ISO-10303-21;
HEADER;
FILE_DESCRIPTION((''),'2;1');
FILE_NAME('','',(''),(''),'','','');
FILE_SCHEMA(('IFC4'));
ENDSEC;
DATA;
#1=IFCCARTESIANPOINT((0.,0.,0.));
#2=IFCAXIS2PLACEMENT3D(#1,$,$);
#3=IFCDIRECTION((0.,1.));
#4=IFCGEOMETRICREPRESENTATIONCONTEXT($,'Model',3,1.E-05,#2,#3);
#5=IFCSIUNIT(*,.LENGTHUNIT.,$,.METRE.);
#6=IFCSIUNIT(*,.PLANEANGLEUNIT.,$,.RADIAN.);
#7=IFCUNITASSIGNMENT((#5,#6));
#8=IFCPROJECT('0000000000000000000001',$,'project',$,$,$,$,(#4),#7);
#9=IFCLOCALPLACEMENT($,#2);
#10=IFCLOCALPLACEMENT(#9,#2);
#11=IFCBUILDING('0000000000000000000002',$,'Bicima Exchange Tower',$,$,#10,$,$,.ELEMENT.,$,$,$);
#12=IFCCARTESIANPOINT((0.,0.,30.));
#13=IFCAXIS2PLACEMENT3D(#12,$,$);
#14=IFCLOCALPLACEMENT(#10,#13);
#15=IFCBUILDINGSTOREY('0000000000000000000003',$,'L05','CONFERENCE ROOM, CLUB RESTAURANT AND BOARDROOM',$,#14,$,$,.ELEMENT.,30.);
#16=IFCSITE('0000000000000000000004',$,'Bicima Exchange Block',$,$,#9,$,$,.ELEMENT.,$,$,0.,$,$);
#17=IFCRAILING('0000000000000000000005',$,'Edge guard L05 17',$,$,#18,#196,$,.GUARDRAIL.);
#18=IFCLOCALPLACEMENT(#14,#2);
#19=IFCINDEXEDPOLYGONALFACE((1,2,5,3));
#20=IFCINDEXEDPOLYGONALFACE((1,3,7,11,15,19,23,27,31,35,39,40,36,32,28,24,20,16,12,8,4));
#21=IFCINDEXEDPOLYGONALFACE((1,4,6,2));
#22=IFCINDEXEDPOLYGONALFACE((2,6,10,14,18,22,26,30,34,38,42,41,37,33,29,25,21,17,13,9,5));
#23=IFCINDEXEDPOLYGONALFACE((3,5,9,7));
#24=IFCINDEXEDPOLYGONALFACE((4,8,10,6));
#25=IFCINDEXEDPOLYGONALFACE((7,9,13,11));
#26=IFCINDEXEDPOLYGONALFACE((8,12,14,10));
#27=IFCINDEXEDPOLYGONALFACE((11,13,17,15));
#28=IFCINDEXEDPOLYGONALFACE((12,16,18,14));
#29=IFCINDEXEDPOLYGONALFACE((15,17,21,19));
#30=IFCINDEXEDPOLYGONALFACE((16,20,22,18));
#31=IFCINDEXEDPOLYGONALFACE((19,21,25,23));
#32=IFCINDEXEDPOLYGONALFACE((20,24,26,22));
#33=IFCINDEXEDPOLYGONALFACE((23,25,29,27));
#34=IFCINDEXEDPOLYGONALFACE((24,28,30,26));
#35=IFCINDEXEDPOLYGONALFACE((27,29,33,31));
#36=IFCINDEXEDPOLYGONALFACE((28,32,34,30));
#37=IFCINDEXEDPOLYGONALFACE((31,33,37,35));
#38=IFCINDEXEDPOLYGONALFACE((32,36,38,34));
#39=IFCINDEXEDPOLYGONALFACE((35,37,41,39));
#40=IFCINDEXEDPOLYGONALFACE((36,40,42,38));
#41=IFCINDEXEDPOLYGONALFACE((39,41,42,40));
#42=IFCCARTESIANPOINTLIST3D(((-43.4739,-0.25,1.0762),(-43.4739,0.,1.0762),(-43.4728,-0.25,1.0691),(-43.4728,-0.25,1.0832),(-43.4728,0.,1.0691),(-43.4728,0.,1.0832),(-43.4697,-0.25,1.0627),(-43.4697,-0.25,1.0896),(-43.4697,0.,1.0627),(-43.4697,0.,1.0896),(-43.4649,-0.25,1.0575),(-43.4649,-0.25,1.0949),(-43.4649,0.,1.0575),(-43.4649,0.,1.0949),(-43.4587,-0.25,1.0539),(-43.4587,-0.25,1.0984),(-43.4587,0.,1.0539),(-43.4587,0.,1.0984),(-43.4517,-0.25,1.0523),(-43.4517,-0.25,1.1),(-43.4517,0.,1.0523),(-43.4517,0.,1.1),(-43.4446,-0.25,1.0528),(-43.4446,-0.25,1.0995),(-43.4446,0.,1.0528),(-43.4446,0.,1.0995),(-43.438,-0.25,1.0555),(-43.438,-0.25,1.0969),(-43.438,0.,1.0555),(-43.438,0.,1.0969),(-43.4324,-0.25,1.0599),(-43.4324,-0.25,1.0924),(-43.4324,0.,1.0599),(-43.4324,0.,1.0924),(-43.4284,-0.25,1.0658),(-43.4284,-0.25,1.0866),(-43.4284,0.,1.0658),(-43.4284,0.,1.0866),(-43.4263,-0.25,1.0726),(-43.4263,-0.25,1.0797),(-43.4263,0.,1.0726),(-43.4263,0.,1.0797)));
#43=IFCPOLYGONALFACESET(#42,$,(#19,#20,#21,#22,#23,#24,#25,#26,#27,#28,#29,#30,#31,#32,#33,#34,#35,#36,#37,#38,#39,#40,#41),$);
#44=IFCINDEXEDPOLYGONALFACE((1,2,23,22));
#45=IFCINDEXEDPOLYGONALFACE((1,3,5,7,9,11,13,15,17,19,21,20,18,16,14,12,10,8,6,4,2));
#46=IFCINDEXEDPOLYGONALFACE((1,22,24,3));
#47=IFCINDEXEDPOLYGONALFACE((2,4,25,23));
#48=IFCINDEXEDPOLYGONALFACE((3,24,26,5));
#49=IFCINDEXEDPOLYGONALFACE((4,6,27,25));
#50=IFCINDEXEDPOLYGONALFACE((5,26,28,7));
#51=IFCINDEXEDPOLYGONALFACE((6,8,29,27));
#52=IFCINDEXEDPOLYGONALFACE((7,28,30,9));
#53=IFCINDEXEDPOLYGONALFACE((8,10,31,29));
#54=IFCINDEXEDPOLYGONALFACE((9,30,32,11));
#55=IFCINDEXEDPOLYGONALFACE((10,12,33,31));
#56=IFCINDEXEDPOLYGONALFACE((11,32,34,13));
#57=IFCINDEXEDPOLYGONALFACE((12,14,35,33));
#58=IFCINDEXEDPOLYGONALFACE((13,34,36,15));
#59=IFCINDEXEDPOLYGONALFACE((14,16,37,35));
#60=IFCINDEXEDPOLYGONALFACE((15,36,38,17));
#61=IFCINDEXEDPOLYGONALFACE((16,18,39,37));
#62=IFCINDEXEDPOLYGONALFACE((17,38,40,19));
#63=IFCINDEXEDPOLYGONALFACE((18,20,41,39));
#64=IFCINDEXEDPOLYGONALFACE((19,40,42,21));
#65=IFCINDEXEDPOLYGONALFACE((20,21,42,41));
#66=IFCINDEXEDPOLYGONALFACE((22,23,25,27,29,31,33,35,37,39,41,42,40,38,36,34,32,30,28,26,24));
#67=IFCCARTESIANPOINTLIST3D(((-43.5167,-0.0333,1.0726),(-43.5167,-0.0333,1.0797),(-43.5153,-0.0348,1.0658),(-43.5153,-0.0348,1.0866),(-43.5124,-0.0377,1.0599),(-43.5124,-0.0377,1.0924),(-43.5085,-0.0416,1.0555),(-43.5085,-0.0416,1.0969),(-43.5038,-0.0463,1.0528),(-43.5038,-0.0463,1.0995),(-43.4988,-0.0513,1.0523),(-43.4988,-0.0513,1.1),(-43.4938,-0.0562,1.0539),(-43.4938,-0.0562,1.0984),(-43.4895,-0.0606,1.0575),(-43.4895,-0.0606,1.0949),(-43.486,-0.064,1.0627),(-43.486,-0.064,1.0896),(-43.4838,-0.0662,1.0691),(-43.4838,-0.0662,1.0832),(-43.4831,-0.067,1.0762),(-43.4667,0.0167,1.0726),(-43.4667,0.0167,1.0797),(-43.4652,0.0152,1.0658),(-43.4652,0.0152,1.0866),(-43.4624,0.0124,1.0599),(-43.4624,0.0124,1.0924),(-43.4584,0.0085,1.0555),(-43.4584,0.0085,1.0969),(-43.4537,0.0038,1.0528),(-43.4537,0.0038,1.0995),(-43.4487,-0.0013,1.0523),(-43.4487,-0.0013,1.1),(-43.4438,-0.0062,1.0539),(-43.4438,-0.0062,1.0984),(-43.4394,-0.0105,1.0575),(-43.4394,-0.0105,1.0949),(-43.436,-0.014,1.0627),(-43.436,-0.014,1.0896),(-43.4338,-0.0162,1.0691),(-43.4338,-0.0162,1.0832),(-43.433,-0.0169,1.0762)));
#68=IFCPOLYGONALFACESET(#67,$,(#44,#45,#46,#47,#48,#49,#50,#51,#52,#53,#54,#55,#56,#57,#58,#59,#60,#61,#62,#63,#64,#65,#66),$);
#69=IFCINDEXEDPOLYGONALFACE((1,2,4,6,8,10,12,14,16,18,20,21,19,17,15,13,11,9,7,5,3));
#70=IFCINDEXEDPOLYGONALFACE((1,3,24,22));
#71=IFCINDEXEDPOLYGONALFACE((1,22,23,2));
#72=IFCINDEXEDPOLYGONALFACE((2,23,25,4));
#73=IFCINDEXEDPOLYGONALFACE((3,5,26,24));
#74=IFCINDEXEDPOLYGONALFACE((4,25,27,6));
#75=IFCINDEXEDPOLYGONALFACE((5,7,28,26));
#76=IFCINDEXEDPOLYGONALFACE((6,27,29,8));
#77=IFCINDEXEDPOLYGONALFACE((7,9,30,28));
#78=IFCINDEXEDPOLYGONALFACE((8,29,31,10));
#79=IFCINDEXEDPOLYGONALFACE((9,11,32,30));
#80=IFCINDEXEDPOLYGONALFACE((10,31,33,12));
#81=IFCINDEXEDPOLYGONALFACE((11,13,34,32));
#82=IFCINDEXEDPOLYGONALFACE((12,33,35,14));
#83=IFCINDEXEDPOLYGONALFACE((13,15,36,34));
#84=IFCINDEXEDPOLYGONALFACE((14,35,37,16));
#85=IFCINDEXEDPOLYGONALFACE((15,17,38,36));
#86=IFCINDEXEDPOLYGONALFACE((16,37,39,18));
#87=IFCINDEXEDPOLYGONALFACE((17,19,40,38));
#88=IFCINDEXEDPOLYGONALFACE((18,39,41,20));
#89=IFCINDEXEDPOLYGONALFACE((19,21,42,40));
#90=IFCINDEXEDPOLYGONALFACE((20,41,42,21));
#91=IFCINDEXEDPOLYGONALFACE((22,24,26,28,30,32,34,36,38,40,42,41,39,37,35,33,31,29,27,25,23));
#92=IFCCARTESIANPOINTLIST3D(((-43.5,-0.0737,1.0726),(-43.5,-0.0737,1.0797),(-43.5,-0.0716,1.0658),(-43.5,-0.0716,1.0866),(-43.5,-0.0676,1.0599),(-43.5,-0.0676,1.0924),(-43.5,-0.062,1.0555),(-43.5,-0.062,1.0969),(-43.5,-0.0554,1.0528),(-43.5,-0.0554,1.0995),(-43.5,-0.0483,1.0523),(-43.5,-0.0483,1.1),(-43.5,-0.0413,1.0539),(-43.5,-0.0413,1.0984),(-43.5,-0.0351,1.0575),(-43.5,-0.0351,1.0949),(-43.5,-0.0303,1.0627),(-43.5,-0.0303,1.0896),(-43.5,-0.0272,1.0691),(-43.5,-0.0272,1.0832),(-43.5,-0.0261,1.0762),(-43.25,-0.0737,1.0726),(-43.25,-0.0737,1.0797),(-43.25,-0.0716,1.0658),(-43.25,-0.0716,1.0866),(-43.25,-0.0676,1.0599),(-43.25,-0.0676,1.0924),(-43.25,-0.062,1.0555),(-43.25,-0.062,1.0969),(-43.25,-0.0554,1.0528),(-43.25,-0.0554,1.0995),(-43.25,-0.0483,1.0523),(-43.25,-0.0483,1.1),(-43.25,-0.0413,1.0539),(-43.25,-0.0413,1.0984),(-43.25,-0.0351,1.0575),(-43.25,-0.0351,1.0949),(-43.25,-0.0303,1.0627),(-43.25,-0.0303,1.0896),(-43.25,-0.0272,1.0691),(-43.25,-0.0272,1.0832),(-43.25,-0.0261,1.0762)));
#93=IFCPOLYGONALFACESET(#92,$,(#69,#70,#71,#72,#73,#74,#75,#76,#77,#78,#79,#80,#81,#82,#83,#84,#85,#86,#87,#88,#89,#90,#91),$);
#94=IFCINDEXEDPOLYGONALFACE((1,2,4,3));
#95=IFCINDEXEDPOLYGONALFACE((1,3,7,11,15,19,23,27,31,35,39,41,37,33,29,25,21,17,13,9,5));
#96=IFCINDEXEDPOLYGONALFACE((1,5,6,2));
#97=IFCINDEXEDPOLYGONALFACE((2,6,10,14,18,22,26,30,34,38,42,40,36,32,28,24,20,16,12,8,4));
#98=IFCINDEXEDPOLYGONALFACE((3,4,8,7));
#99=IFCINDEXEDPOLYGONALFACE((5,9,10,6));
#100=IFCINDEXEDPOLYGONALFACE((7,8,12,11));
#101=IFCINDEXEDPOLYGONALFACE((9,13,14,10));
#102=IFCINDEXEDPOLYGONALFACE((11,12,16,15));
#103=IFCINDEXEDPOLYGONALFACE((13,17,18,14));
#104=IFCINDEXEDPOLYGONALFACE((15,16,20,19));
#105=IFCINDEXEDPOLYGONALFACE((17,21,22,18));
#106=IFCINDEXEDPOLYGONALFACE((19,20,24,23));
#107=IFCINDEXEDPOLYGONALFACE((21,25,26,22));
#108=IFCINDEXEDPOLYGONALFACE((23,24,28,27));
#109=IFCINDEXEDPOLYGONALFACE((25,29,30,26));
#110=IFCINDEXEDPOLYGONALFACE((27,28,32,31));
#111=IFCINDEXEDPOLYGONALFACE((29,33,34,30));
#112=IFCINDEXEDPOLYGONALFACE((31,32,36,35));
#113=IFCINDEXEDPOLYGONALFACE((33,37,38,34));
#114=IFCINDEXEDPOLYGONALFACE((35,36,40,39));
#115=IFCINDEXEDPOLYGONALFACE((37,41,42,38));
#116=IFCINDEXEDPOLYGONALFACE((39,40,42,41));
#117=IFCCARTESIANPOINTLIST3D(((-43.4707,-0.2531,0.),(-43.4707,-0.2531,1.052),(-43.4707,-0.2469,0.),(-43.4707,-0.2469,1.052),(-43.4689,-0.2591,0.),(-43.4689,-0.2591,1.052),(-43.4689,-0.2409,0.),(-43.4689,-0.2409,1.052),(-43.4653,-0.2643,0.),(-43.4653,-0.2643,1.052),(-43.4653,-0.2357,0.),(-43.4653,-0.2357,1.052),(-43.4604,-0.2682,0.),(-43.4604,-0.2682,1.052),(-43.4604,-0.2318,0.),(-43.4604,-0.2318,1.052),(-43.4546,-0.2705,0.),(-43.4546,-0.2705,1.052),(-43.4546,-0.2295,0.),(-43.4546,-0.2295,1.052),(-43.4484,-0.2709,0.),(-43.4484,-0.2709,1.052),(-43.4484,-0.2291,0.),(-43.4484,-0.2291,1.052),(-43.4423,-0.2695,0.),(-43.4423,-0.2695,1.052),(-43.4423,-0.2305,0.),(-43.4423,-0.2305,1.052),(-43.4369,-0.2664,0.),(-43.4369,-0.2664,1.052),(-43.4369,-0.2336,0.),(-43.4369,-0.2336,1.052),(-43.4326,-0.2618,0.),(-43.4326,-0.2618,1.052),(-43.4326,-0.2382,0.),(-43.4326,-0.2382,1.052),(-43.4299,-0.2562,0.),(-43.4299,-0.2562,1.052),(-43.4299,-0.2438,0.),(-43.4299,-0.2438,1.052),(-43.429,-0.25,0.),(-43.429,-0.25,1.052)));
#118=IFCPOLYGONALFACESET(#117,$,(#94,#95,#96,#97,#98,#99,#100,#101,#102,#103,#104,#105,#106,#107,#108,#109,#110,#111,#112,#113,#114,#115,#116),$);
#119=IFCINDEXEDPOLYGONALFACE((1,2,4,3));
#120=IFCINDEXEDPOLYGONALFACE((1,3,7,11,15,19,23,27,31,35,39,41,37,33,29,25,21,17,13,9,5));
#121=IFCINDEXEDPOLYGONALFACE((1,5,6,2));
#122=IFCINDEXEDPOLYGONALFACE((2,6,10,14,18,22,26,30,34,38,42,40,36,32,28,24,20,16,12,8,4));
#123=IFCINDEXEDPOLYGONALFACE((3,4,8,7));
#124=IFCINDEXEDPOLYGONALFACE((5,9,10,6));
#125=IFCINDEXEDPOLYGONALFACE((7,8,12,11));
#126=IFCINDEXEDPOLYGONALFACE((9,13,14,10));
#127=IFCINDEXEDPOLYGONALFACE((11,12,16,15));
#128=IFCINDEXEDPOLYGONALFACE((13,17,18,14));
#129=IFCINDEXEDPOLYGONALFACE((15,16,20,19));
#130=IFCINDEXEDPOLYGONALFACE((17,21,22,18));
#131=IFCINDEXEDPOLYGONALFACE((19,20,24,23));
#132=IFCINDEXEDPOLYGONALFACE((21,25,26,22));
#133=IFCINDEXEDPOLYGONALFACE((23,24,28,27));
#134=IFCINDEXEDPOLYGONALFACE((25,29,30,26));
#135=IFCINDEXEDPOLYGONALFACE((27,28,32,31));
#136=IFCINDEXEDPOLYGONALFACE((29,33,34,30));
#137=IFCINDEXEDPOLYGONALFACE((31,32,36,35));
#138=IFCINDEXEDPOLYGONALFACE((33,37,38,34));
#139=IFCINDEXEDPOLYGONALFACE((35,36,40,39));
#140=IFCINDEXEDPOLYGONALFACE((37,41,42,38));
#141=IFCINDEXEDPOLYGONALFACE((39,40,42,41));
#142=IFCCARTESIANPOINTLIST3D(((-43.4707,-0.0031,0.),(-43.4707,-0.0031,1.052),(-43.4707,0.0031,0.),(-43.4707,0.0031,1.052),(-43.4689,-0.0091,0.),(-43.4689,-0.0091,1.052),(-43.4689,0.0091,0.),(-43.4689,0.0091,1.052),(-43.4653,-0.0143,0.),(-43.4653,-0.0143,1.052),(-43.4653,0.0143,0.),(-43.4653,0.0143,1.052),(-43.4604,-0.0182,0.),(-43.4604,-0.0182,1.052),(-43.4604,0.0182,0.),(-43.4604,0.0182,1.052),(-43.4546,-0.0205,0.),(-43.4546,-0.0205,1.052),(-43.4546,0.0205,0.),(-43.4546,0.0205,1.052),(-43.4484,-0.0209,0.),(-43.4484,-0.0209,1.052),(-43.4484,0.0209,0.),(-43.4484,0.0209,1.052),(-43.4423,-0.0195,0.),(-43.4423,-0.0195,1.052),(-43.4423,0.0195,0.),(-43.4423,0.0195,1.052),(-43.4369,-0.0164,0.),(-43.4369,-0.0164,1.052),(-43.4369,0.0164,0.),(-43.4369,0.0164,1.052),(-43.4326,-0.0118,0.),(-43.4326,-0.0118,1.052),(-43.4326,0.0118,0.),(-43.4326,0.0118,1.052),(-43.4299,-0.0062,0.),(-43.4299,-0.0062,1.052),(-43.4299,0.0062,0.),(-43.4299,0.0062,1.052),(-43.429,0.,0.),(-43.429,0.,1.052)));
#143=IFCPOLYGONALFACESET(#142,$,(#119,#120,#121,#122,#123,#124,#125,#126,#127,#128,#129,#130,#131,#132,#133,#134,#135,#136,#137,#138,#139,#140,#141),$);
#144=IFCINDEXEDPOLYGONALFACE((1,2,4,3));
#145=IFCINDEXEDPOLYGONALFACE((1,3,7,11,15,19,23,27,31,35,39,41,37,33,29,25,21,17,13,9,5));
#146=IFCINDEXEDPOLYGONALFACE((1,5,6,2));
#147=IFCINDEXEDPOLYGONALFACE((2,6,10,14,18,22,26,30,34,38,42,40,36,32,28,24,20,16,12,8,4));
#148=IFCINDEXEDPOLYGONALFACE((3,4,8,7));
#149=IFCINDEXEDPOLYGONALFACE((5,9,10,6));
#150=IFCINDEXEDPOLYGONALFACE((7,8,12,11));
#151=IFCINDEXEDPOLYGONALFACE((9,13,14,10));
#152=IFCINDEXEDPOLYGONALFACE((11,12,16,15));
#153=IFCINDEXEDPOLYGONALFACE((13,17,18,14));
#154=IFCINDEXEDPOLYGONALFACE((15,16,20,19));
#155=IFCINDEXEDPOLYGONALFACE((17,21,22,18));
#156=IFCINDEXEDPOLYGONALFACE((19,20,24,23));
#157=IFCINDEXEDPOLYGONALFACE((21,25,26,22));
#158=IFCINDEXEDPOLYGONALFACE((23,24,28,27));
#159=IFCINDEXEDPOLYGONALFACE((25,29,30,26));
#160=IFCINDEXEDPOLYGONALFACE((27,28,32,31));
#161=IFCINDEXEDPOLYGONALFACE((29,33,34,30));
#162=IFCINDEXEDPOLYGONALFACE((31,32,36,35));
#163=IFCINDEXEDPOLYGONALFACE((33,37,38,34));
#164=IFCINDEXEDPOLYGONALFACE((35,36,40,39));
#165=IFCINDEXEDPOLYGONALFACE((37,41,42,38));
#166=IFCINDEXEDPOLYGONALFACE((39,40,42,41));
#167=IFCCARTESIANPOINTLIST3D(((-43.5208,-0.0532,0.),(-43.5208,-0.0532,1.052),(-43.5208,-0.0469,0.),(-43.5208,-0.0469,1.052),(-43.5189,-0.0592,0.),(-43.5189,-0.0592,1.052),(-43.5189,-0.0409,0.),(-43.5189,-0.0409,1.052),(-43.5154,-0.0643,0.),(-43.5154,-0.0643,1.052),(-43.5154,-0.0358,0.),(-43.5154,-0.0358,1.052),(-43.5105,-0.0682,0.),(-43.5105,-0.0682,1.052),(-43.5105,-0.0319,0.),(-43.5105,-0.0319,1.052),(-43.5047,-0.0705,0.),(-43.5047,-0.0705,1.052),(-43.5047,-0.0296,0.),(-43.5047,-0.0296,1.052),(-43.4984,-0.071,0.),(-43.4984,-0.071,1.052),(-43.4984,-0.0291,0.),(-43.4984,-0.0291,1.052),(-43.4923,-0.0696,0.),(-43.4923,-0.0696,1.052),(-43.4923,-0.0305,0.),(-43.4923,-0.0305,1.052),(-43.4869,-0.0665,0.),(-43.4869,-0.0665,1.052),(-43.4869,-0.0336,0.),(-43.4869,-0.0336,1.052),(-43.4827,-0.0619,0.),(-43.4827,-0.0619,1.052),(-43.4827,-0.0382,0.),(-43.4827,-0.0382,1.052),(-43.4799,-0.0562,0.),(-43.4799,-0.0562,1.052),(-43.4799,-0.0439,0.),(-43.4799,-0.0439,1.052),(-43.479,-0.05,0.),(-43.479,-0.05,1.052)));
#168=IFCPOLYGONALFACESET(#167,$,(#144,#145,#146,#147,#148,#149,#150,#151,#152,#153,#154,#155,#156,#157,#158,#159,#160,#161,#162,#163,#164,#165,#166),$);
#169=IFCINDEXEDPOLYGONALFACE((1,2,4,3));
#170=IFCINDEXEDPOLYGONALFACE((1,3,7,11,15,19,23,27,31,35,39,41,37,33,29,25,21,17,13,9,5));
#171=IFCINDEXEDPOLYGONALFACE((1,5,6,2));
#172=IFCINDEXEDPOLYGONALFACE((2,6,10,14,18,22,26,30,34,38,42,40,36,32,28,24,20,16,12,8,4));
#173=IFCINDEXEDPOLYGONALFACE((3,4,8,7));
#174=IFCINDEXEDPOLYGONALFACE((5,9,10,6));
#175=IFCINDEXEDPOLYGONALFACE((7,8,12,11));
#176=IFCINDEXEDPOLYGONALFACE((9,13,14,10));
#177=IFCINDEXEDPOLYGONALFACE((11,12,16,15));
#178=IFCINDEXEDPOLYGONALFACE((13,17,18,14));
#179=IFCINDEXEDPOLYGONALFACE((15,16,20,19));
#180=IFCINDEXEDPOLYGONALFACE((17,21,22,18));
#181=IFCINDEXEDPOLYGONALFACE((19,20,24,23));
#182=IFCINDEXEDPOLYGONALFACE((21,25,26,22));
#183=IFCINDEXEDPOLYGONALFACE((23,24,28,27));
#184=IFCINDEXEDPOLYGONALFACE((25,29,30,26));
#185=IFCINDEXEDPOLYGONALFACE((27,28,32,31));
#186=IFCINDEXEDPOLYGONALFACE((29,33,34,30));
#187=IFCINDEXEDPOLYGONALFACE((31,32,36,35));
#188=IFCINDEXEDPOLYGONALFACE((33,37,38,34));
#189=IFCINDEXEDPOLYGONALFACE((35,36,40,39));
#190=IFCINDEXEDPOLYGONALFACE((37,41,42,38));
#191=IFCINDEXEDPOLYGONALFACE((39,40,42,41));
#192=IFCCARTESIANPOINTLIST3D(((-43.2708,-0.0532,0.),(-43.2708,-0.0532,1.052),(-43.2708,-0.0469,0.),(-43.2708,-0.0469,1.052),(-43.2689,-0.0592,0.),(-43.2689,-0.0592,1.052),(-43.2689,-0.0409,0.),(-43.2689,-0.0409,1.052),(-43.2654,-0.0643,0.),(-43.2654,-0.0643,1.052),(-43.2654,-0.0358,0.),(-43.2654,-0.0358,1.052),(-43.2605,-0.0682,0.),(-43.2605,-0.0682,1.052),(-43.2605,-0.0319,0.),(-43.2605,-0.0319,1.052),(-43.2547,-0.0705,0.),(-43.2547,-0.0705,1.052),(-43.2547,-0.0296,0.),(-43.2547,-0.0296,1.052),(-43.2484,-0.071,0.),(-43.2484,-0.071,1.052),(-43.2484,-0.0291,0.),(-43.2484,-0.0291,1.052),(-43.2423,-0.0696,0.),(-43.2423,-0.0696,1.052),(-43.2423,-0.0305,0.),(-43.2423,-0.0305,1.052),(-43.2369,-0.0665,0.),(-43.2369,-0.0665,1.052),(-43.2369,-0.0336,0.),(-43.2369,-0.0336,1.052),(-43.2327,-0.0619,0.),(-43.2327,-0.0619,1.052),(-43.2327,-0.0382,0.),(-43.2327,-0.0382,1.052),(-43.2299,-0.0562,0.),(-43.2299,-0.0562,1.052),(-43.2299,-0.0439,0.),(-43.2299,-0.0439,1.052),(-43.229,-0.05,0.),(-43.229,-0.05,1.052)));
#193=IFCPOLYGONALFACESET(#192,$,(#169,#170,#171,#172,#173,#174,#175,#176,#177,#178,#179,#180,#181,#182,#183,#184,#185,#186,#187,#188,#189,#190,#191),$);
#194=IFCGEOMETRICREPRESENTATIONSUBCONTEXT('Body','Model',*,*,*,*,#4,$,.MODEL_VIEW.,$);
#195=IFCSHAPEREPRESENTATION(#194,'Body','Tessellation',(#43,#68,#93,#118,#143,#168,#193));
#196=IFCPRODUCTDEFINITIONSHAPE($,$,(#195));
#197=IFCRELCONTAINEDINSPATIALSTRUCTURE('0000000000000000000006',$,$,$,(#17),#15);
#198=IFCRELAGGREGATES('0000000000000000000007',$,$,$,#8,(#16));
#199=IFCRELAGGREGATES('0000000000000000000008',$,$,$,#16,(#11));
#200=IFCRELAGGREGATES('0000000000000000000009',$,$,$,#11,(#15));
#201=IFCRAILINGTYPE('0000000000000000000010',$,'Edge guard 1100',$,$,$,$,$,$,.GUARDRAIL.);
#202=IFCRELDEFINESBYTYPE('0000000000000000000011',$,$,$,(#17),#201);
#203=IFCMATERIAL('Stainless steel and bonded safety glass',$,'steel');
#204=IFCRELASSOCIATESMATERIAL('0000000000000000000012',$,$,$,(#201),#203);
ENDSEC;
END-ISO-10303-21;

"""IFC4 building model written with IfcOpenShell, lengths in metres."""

from ifc_helpers import new_model, si_unit, direction, frame, origin, origin_2d, place, context, subcontext, project, spatial, circle, extrude, material, type_object, element, save


model = new_model("IFC4")

# Units and contexts
model_context = context("Model", 3, precision=1e-05, world=origin(), true_north=direction((0.0, 1.0)))
body_context = subcontext(model_context, "Body", "Model", "MODEL_VIEW")
ifc_project = project(units=[si_unit("LENGTHUNIT", "METRE"), si_unit("PLANEANGLEUNIT", "RADIAN")], contexts=[model_context])

# Site, building, storey
site_placement = place(None, origin())
site = spatial("IfcSite", under=ifc_project, at=site_placement, Name="Bicima Exchange Block", CompositionType="ELEMENT", RefElevation=0.0)
building_placement = place(site_placement, origin())
building = spatial("IfcBuilding", under=site, at=building_placement, Name="Bicima Exchange Tower", CompositionType="ELEMENT")
storey_placement = place(building_placement, frame((0.0, 0.0, 30.0)))
storey = spatial("IfcBuildingStorey", under=building, at=storey_placement, Name="L05", Description="CONFERENCE ROOM, CLUB RESTAURANT AND BOARDROOM", CompositionType="ELEMENT", Elevation=30.0)

# Railing
ifc_material_1 = material(Name="Stainless steel and bonded safety glass", Category="steel")
railing_type_1 = type_object("IfcRailingType", Name="Edge guard 1100", PredefinedType="GUARDRAIL", material=ifc_material_1)
railing_1_placement = place(storey_placement, frame((-43.45, -0.25, 0.0)))
element("IfcRailing", 1, at=railing_1_placement, inside=storey, type_object=railing_type_1, Name="Edge guard L05 17", PredefinedType="GUARDRAIL", context=body_context, shape_type="SweptSolid", body=[
    extrude(circle(Radius=0.0239, at=origin_2d()), frame((0.0, 0.0, 1.0762), z_axis=(0.0, 1.0, 0.0), x_axis=(-1.0, 0.0, 0.0)), (0.0, 0.0, 1.0), 0.25),
    extrude(circle(Radius=0.0239, at=origin_2d()), frame((0.0, 0.25, 1.0762), z_axis=(-0.707107, -0.707107, 0.0), x_axis=(0.707107, -0.707107, 0.0)), (0.0, 0.0, 1.0), 0.0708),
    extrude(circle(Radius=0.0239, at=origin_2d()), frame((-0.05, 0.2, 1.0762), z_axis=(1.0, 0.0, 0.0), x_axis=(0.0, 1.0, 0.0)), (0.0, 0.0, 1.0), 0.25),
    extrude(circle(Radius=0.021, at=origin_2d()), origin(), (0.0, 0.0, 1.0), 1.052),
    extrude(circle(Radius=0.021, at=origin_2d()), frame((0.0, 0.25, 0.0)), (0.0, 0.0, 1.0), 1.052),
    extrude(circle(Radius=0.021, at=origin_2d()), frame((-0.05, 0.2, 0.0)), (0.0, 0.0, 1.0), 1.052),
    extrude(circle(Radius=0.021, at=origin_2d()), frame((0.2, 0.2, 0.0)), (0.0, 0.0, 1.0), 1.052),
])

save(model, "model.ifc")
